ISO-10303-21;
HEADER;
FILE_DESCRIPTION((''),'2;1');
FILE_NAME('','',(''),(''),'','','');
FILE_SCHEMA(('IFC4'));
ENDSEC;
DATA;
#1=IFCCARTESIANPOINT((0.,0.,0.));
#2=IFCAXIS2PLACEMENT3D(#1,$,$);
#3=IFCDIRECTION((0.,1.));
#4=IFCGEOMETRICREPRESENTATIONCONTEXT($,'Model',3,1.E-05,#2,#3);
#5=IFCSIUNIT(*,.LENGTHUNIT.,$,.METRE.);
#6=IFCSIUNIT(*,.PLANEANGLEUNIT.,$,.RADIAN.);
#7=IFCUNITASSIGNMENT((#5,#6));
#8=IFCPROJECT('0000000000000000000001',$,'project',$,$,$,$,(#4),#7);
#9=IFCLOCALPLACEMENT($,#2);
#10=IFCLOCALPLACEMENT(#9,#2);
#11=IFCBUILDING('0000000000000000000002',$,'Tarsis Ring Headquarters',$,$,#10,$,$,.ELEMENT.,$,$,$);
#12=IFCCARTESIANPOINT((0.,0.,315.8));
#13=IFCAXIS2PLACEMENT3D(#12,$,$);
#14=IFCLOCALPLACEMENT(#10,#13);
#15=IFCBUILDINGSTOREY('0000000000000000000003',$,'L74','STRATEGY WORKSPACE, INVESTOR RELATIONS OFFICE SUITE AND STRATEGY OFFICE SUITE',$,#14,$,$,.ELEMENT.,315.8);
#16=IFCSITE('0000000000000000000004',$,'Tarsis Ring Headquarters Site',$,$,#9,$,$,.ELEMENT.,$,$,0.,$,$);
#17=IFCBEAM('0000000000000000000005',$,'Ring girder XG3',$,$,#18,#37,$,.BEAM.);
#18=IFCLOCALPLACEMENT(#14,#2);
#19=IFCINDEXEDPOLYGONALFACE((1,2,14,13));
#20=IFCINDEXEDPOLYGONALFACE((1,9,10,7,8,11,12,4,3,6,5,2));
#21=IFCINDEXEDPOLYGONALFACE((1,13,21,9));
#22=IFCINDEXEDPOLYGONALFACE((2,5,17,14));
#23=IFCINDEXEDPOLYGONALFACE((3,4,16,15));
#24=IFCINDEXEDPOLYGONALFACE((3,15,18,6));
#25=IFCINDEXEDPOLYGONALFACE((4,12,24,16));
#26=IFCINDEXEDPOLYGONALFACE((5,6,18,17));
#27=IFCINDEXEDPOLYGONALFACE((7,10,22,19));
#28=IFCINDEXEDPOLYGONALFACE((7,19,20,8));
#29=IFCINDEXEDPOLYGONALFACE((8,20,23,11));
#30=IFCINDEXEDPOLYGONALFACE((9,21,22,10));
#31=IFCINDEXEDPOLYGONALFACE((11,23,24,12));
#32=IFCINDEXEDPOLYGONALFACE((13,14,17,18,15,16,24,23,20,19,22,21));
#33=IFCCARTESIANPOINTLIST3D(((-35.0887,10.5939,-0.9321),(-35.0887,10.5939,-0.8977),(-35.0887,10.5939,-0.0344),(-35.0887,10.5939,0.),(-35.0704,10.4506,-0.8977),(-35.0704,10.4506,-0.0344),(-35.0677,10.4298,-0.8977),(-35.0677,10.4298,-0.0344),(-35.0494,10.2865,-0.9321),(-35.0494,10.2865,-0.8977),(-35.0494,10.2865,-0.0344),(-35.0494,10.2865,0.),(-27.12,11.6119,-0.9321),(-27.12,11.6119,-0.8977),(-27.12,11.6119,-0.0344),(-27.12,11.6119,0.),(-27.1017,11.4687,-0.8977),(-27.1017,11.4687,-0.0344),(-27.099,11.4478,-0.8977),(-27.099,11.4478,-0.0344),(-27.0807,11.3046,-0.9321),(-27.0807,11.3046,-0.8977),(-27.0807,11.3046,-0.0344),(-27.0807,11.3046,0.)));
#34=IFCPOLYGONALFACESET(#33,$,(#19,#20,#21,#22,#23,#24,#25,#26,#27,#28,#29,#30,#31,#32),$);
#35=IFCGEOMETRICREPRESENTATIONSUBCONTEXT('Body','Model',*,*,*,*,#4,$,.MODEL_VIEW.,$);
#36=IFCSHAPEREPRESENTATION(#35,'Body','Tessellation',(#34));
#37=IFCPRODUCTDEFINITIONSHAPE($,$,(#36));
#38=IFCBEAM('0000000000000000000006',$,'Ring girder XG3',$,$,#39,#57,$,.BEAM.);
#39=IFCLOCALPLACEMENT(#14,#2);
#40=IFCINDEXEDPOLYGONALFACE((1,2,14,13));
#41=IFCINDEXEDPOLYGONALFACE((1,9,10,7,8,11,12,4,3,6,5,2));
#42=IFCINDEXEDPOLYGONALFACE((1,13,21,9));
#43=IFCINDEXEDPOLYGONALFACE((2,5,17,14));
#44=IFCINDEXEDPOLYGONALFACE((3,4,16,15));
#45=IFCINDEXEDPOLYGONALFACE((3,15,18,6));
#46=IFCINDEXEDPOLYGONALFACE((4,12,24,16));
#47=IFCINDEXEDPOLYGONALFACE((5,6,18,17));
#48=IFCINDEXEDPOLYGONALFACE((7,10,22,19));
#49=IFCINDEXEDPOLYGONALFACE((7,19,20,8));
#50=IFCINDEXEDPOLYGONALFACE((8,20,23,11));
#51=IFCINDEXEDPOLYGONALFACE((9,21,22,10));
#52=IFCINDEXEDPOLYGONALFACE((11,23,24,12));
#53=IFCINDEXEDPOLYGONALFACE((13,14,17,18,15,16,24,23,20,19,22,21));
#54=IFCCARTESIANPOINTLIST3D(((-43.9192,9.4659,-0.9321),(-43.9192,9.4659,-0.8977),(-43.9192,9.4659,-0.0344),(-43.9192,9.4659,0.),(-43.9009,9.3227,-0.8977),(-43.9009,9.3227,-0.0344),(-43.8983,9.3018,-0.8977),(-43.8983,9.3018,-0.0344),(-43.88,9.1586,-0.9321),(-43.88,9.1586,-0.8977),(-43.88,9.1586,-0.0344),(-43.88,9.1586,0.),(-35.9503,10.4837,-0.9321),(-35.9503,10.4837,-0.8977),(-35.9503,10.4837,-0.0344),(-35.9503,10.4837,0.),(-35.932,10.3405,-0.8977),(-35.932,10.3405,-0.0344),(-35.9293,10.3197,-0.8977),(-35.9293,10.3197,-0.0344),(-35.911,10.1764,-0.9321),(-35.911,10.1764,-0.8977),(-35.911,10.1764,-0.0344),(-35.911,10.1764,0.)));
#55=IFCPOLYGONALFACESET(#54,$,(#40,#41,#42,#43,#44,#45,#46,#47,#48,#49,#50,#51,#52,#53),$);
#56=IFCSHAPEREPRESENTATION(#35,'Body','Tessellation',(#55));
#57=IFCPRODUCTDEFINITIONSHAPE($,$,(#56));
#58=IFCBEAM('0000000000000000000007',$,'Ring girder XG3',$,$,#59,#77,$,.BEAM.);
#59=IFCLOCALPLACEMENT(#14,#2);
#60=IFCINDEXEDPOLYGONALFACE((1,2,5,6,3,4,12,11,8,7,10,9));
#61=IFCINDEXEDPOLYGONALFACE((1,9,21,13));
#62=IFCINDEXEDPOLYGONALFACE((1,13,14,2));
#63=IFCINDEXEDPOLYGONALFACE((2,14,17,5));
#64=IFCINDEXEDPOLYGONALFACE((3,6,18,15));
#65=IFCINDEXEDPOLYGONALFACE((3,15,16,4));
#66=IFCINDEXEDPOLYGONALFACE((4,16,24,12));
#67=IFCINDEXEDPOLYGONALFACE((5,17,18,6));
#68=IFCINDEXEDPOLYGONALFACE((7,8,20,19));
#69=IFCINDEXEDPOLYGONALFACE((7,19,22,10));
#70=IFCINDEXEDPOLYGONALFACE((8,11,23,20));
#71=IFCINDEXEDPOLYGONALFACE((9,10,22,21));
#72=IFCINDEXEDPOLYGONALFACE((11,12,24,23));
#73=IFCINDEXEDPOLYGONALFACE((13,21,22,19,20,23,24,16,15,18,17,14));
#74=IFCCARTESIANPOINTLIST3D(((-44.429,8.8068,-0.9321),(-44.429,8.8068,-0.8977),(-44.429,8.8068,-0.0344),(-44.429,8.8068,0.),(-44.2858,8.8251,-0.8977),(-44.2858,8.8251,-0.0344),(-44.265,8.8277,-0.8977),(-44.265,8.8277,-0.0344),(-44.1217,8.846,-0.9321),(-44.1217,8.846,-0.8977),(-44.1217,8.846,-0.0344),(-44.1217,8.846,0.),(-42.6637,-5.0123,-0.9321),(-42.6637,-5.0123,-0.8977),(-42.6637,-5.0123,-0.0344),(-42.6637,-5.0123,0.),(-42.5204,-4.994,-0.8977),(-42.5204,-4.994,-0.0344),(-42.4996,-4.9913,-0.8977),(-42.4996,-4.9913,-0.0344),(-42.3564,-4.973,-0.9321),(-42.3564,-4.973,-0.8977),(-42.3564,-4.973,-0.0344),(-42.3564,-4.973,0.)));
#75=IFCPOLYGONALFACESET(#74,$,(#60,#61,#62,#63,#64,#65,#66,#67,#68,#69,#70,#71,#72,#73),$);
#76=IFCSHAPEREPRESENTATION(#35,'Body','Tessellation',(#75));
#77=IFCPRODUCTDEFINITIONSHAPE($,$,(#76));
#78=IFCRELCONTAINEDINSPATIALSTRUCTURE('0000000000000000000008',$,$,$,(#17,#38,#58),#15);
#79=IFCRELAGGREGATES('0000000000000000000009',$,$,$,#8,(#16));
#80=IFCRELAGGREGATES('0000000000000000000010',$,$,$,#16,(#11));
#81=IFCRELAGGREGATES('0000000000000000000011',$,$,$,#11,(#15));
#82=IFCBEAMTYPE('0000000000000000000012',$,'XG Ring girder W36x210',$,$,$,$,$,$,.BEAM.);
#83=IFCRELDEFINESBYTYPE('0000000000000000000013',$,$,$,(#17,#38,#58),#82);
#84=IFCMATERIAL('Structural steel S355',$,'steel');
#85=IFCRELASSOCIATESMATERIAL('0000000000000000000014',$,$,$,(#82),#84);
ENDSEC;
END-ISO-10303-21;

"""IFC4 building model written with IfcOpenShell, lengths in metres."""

from ifc_helpers import new_model, si_unit, direction, frame, origin, origin_2d, place, context, subcontext, project, spatial, i_section, extrude, material, material_profile, profile_set, type_object, element, save


model = new_model("IFC4")

# Units and contexts
model_context = context("Model", 3, precision=1e-05, world=origin(), true_north=direction((0.0, 1.0)))
body_context = subcontext(model_context, "Body", "Model", "MODEL_VIEW")
ifc_project = project(units=[si_unit("LENGTHUNIT", "METRE"), si_unit("PLANEANGLEUNIT", "RADIAN")], contexts=[model_context])

# Site, building, storey
site_placement = place(None, origin())
site = spatial("IfcSite", under=ifc_project, at=site_placement, Name="Tarsis Ring Headquarters Site", CompositionType="ELEMENT", RefElevation=0.0)
building_placement = place(site_placement, origin())
building = spatial("IfcBuilding", under=site, at=building_placement, Name="Tarsis Ring Headquarters", CompositionType="ELEMENT")
storey_placement = place(building_placement, frame((0.0, 0.0, 315.8)))
storey = spatial("IfcBuildingStorey", under=building, at=storey_placement, Name="L74", Description="STRATEGY WORKSPACE, INVESTOR RELATIONS OFFICE SUITE AND STRATEGY OFFICE SUITE", CompositionType="ELEMENT", Elevation=315.8)

# Shared definitions
ifc_material_1 = material(Name="Structural steel S355", Category="steel")

# Beams
ifc_material_profile_1 = material_profile(ifc_material_1, i_section(OverallWidth=0.3098, OverallDepth=0.9321, WebThickness=0.021, FlangeThickness=0.0344, at=origin_2d()), Name="W36x210")
ifc_profile_set_1 = profile_set([ifc_material_profile_1], Name="Structural steel S355")
beam_type_1 = type_object("IfcBeamType", Name="XG Ring girder W36x210", PredefinedType="BEAM", material=ifc_profile_set_1)
beam_1_placement = place(storey_placement, frame((-27.1003, 11.4583, -0.4661), z_axis=(-0.991938, -0.126727, 0.0), x_axis=(0.126727, -0.991938, 0.0)))
element("IfcBeam", 1, at=beam_1_placement, inside=storey, type_object=beam_type_1, Name="Ring girder XG3", PredefinedType="BEAM", context=body_context, shape_type="SweptSolid", body=[
    extrude(i_section(OverallWidth=0.3098, OverallDepth=0.9321, WebThickness=0.021, FlangeThickness=0.0344, at=origin_2d()), origin(), (0.0, 0.0, 1.0), 8.0334),
])
beam_2_placement = place(storey_placement, frame((-35.9307, 10.3301, -0.4661), z_axis=(-0.991942, -0.126694, 0.0), x_axis=(0.126694, -0.991942, 0.0)))
element("IfcBeam", 2, at=beam_2_placement, inside=storey, type_object=beam_type_1, Name="Ring girder XG3", PredefinedType="BEAM", context=body_context, shape_type="SweptSolid", body=[
    extrude(i_section(OverallWidth=0.3098, OverallDepth=0.9321, WebThickness=0.021, FlangeThickness=0.0344, at=origin_2d()), origin(), (0.0, 0.0, 1.0), 8.0337),
])
beam_3_placement = place(storey_placement, frame((-44.2754, 8.8264, -0.4661), z_axis=(0.12672, -0.991939, 0.0), x_axis=(0.991939, 0.12672, 0.0)))
element("IfcBeam", 3, at=beam_3_placement, inside=storey, type_object=beam_type_1, Name="Ring girder XG3", PredefinedType="BEAM", context=body_context, shape_type="SweptSolid", body=[
    extrude(i_section(OverallWidth=0.3098, OverallDepth=0.9321, WebThickness=0.021, FlangeThickness=0.0344, at=origin_2d()), origin(), (0.0, 0.0, 1.0), 13.9314),
])

save(model, "model.ifc")
